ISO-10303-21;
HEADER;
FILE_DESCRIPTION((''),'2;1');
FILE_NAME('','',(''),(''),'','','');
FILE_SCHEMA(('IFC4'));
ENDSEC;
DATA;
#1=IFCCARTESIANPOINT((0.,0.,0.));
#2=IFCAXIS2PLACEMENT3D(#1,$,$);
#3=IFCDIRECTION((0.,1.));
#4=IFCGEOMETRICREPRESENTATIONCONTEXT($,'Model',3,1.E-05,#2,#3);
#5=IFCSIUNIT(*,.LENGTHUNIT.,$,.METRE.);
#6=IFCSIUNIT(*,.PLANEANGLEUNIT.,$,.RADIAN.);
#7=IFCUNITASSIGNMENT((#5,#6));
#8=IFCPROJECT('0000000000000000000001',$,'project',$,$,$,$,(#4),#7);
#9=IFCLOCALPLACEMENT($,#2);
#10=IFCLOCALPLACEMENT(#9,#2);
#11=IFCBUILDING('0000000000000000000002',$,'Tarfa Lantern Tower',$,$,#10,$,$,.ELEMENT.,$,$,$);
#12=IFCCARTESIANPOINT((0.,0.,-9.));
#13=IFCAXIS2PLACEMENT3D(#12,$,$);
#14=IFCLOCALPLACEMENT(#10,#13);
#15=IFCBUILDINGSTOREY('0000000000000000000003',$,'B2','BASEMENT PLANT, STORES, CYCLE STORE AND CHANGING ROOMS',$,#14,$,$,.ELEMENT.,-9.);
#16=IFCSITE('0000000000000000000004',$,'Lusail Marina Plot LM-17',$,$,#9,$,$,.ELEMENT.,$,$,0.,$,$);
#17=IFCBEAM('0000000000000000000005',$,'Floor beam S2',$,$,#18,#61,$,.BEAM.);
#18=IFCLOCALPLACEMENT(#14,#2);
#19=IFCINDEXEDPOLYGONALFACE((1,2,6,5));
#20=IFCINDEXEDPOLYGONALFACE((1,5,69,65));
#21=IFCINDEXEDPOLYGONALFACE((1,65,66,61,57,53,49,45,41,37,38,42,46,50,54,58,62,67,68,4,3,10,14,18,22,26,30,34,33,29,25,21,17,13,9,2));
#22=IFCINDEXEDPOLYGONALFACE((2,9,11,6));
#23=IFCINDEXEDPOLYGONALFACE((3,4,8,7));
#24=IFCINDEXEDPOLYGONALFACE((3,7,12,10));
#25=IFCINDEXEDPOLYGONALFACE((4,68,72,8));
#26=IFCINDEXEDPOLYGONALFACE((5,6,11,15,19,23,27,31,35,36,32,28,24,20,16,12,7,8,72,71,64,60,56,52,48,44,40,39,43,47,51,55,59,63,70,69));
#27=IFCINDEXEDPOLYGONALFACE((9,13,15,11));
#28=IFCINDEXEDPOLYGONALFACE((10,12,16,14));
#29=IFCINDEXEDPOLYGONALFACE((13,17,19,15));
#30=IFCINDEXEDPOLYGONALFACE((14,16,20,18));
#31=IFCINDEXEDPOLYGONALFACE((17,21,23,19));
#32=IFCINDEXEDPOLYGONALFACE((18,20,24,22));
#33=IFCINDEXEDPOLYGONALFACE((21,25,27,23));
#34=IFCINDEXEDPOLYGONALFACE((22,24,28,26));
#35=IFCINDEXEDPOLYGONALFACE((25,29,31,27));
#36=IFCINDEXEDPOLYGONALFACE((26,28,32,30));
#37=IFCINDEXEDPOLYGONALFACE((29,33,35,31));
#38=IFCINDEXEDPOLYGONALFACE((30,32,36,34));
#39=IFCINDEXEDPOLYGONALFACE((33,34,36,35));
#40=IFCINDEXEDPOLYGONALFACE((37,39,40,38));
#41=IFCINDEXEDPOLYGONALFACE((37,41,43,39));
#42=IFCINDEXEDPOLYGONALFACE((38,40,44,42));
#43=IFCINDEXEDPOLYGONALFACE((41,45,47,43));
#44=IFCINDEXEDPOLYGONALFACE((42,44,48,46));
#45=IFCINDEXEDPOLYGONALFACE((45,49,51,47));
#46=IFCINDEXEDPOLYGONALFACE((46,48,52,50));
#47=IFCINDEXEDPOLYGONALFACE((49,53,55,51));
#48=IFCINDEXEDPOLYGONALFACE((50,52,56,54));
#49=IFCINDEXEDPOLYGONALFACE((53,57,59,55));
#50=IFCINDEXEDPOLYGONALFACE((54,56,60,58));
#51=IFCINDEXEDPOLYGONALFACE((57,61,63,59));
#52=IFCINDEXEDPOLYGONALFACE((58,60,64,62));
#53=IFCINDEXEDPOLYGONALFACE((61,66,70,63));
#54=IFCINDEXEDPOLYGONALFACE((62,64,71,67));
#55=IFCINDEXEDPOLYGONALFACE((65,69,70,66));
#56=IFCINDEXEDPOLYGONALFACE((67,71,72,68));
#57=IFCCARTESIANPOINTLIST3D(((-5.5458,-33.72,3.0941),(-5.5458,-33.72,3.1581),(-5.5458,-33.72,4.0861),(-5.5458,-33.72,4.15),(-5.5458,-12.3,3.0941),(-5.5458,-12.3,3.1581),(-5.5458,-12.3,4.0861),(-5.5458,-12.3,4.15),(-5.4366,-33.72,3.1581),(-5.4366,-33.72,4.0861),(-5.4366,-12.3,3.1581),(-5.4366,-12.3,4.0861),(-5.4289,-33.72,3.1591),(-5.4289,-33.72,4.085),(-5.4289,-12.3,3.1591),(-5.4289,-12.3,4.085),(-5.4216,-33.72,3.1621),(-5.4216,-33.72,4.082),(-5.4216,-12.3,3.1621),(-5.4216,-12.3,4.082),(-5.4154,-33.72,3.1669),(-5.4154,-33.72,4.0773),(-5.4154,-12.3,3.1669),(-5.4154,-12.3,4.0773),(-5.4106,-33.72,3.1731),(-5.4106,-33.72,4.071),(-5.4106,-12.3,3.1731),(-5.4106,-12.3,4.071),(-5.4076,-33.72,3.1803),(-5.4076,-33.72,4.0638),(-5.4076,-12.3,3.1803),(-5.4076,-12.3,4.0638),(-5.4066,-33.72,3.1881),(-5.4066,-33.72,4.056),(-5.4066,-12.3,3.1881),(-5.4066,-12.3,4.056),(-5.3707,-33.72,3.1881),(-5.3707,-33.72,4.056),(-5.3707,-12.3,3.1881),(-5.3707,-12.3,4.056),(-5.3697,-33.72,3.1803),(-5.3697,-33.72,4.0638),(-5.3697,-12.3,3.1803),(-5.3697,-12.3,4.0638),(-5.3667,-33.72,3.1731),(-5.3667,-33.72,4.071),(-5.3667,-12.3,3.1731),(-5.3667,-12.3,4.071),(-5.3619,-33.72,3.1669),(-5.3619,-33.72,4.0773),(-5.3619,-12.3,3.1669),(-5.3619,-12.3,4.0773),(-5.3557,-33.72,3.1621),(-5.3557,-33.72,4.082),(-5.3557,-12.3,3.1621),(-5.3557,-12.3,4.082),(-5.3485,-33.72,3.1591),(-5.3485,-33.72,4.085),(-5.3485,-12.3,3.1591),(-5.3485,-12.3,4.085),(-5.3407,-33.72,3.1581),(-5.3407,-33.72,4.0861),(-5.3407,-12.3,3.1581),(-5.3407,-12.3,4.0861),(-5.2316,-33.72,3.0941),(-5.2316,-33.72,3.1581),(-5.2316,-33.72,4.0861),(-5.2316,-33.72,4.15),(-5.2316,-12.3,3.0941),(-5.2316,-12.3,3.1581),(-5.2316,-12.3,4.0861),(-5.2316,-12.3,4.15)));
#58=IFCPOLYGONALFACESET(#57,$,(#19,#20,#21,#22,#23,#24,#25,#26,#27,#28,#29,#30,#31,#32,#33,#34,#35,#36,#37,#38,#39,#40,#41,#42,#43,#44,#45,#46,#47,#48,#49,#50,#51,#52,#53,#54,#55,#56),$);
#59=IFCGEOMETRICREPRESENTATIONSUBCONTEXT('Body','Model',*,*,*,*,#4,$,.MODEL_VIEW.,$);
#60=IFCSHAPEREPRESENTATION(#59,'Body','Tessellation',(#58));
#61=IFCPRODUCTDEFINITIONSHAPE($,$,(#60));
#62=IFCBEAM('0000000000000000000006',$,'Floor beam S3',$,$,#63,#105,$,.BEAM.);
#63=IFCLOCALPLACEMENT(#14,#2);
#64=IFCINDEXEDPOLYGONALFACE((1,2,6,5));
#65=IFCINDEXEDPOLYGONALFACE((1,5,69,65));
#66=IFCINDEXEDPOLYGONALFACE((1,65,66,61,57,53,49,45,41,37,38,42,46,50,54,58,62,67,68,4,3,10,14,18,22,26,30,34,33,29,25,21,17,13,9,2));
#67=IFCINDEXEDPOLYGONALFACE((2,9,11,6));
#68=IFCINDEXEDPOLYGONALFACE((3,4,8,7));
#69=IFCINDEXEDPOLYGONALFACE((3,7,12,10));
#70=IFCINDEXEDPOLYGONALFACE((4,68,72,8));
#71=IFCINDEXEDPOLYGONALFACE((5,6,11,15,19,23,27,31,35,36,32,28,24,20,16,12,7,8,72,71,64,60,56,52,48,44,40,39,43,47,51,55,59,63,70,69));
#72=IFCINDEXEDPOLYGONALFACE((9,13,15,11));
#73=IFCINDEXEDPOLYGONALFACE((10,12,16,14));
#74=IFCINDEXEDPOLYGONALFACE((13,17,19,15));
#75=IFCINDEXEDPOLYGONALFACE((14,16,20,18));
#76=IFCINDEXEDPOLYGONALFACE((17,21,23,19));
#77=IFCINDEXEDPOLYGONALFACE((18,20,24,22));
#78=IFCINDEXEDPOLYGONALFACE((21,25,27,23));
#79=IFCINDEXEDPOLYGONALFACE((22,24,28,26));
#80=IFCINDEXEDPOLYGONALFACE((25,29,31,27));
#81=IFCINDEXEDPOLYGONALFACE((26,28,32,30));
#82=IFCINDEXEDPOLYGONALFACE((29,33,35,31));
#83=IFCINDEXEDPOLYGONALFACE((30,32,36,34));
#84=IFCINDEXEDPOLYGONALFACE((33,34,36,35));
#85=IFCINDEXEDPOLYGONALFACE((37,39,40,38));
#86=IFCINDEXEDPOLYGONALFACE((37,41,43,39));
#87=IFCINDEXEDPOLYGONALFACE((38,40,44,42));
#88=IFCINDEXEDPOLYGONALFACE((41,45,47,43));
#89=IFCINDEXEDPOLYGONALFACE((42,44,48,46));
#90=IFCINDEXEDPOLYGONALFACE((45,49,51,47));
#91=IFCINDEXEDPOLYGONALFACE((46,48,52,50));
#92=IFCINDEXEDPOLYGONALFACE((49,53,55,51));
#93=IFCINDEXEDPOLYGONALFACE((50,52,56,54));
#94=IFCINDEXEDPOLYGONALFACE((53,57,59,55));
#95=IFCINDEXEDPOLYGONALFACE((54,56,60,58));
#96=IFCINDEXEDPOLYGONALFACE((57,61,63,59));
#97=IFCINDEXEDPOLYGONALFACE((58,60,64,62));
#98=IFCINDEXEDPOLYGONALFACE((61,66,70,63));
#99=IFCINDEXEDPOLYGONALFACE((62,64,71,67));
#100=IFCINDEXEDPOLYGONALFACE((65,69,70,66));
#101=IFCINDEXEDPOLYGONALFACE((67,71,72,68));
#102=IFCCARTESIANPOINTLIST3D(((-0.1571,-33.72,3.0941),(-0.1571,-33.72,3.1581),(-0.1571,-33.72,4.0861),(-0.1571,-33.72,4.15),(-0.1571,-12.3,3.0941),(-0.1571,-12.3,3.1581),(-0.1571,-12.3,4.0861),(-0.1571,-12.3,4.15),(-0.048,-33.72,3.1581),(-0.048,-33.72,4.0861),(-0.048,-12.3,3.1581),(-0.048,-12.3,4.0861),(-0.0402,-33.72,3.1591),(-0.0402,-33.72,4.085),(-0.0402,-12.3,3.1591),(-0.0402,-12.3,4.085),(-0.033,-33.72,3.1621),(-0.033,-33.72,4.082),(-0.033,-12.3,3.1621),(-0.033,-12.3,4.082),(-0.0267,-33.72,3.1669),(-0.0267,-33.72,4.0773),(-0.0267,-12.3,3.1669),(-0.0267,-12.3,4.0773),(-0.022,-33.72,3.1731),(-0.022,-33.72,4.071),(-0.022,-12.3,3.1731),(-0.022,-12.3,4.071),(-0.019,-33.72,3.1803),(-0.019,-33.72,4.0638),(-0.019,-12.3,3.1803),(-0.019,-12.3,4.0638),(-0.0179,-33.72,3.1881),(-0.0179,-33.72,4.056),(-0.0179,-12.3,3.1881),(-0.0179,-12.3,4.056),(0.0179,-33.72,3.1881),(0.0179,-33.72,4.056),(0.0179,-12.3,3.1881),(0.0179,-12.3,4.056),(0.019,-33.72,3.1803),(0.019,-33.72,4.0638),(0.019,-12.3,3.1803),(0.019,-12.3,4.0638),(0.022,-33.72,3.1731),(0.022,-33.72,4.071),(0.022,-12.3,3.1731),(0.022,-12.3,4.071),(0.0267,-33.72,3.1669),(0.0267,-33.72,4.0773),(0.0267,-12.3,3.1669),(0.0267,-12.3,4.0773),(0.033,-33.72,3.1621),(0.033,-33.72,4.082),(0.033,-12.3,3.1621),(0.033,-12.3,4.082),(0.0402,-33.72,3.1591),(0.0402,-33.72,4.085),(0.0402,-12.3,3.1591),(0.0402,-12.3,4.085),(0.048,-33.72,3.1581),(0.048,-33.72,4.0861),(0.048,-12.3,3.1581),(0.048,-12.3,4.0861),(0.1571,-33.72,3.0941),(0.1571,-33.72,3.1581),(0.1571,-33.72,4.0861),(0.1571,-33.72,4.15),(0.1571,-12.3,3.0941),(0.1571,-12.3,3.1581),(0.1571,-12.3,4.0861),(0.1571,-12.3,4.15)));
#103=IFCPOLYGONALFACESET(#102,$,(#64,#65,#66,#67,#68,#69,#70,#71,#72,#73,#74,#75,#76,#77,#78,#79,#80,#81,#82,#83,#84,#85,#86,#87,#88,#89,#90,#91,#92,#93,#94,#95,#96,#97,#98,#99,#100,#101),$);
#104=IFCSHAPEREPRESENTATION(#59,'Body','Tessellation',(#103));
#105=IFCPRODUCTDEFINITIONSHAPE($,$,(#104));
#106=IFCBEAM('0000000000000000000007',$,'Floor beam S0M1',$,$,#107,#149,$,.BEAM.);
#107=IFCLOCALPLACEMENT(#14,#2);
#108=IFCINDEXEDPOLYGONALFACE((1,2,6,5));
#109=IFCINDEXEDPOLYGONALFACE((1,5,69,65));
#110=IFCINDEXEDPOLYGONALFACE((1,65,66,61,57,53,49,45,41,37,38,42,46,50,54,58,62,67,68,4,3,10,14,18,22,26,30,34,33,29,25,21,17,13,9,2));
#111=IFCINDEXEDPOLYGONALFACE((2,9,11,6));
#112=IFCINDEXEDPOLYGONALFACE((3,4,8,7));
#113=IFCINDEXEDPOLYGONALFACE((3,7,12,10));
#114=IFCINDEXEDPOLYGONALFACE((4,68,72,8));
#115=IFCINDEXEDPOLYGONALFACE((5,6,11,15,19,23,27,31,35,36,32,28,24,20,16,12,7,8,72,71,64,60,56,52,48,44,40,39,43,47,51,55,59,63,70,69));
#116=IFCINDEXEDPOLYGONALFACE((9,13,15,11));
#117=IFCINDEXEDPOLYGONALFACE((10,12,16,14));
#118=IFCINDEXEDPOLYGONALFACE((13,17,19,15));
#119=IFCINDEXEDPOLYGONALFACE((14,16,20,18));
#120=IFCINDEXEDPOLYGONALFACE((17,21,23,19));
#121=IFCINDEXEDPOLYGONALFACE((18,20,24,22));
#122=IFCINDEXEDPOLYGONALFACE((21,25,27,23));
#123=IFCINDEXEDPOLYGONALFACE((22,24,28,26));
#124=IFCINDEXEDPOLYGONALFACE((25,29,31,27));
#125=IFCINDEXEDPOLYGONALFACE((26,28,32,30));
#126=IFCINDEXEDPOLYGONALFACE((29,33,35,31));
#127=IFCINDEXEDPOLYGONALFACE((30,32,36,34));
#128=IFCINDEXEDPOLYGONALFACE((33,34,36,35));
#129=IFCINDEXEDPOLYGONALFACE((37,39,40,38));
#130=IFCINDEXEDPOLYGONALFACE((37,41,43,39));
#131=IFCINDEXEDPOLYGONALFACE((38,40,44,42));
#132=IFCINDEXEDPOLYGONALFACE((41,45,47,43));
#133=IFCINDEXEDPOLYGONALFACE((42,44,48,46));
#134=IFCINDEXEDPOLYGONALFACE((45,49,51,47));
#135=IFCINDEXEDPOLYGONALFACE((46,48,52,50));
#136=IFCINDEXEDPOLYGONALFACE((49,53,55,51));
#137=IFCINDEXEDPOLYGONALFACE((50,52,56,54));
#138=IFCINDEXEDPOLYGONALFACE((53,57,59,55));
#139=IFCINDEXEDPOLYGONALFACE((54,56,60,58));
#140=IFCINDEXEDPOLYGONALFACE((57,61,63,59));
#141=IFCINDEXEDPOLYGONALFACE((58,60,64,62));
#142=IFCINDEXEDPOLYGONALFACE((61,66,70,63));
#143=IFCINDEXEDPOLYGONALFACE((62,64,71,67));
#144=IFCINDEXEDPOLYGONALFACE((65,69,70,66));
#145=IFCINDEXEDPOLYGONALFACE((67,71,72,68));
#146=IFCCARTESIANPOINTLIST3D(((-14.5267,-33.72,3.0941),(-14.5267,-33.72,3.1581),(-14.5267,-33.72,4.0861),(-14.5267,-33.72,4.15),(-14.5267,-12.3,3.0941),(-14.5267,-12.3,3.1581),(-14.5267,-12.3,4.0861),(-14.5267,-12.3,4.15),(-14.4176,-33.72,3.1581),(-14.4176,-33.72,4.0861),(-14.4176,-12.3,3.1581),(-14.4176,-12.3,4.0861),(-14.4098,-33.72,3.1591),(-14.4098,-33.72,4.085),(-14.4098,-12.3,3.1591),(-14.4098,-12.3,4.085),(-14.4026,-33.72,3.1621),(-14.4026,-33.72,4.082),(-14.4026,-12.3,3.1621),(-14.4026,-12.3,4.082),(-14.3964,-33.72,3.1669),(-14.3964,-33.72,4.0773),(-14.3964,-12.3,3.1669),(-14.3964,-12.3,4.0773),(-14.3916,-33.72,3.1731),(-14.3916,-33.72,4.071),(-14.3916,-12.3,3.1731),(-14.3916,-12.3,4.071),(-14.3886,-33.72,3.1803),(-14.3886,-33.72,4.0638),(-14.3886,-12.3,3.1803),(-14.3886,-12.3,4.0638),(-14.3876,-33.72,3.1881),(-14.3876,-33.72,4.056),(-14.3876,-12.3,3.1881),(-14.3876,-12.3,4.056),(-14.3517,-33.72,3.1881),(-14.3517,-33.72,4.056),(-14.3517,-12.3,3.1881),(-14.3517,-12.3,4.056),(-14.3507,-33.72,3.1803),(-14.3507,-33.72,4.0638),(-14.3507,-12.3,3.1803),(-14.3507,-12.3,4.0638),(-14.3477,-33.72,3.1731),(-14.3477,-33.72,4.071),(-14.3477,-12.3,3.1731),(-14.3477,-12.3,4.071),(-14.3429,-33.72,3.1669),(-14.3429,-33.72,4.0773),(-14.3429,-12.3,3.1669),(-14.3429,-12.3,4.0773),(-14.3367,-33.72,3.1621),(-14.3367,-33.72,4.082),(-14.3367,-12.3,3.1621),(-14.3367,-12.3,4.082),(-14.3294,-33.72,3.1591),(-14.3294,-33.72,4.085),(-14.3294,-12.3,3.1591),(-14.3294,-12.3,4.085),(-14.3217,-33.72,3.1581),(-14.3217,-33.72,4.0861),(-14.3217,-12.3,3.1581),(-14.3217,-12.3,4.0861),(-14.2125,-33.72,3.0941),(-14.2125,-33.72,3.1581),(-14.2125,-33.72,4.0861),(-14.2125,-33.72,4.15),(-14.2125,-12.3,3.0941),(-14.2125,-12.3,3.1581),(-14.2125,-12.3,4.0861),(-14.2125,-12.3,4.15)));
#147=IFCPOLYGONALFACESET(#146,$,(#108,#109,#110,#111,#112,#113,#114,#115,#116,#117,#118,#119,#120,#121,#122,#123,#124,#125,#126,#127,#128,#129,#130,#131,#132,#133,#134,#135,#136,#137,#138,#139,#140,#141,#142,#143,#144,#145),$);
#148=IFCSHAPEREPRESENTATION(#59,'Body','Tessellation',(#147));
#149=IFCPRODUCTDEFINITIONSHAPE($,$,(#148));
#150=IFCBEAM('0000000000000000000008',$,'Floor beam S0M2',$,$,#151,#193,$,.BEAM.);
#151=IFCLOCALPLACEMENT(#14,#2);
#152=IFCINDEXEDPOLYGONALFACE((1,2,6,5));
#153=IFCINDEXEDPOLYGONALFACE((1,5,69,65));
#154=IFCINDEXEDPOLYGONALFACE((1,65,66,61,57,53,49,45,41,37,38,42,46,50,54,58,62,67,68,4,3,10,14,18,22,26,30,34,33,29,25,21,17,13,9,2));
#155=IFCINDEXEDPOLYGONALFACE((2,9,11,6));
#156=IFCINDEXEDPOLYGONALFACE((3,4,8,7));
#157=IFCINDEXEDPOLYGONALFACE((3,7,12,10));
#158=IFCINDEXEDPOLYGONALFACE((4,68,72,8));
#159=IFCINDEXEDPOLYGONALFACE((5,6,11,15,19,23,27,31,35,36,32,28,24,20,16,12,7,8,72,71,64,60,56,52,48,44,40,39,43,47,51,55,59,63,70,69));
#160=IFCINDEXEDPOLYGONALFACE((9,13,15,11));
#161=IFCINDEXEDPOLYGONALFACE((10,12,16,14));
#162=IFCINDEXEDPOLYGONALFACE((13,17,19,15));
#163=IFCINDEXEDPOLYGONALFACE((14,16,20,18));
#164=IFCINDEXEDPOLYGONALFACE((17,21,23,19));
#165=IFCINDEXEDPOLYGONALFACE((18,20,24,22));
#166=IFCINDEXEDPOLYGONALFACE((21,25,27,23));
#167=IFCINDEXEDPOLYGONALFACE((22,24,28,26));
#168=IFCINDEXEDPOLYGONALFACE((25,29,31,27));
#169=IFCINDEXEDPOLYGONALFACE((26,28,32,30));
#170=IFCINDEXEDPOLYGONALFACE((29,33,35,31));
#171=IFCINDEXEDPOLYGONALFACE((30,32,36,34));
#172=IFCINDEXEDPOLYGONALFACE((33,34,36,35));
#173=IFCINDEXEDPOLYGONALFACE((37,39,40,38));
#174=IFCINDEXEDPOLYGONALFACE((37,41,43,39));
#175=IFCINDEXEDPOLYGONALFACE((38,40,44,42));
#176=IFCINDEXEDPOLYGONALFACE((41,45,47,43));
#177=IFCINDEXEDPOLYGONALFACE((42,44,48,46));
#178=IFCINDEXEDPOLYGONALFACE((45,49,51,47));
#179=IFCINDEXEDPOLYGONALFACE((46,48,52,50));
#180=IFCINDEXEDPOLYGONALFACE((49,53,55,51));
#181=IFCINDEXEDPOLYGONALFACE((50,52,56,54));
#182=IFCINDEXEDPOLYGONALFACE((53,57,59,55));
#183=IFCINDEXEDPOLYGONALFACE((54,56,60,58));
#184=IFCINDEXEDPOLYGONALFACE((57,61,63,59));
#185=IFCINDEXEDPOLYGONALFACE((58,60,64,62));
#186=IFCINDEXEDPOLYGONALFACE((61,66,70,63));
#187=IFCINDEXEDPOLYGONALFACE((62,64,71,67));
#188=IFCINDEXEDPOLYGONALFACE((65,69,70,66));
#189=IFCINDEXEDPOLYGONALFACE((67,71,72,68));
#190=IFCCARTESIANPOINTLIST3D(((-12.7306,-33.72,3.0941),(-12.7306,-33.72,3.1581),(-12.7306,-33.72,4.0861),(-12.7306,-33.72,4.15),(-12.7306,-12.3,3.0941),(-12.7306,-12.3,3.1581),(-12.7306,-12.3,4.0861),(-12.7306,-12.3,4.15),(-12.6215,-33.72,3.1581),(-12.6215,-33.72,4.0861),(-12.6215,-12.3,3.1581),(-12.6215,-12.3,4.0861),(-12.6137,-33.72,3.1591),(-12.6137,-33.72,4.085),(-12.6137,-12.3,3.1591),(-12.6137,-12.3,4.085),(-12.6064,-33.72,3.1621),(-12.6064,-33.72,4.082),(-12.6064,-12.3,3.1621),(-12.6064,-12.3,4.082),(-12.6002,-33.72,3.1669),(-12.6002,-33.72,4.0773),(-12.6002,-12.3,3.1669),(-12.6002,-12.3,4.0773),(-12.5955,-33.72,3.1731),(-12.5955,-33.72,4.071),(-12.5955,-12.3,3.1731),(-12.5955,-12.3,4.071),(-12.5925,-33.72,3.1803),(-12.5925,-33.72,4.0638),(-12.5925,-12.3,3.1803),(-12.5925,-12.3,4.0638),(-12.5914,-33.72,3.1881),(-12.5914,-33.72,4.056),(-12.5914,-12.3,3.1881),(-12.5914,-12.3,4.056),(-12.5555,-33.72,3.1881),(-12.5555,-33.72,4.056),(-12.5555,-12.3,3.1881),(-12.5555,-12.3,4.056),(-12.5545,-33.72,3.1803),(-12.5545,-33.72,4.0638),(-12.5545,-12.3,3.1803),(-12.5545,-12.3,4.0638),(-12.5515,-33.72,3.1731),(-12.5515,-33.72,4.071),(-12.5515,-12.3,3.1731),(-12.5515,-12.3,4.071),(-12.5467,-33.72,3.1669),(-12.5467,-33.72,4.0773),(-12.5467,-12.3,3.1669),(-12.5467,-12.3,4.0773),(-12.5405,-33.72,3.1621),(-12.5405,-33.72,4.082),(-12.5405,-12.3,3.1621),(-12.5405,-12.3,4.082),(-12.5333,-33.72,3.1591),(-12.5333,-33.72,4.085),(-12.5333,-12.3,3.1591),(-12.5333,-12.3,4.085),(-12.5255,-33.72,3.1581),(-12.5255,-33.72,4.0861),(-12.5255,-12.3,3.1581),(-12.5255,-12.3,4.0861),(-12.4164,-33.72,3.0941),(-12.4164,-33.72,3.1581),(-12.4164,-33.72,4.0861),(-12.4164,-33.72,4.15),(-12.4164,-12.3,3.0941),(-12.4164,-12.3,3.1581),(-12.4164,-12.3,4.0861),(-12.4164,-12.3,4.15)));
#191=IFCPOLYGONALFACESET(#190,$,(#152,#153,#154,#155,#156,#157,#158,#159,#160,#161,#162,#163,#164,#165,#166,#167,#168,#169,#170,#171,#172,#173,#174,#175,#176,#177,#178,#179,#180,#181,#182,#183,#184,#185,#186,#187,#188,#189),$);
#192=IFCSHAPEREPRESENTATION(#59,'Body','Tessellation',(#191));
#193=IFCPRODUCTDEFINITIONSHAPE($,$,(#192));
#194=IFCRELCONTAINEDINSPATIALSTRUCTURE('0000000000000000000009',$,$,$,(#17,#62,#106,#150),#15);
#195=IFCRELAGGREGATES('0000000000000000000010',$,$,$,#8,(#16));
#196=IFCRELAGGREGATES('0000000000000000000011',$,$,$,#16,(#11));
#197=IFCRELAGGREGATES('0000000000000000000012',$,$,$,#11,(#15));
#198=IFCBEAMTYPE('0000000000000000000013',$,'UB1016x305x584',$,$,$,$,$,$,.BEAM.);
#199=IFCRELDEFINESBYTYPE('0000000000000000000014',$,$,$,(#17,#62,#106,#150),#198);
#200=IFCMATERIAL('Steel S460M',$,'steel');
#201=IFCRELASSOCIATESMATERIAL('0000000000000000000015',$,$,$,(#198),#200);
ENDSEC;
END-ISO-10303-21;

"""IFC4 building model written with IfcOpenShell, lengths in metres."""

from ifc_helpers import new_model, si_unit, direction, frame, origin, origin_2d, place, context, subcontext, project, spatial, i_section, extrude, material, material_profile, profile_set, type_object, element, save


model = new_model("IFC4")

# Units and contexts
model_context = context("Model", 3, precision=1e-05, world=origin(), true_north=direction((0.0, 1.0)))
body_context = subcontext(model_context, "Body", "Model", "MODEL_VIEW")
ifc_project = project(units=[si_unit("LENGTHUNIT", "METRE"), si_unit("PLANEANGLEUNIT", "RADIAN")], contexts=[model_context])

# Site, building, storey
site_placement = place(None, origin())
site = spatial("IfcSite", under=ifc_project, at=site_placement, Name="Lusail Marina Plot LM-17", CompositionType="ELEMENT", RefElevation=0.0)
building_placement = place(site_placement, origin())
building = spatial("IfcBuilding", under=site, at=building_placement, Name="Tarfa Lantern Tower", CompositionType="ELEMENT")
storey_placement = place(building_placement, frame((0.0, 0.0, -9.0)))
storey = spatial("IfcBuildingStorey", under=building, at=storey_placement, Name="B2", Description="BASEMENT PLANT, STORES, CYCLE STORE AND CHANGING ROOMS", CompositionType="ELEMENT", Elevation=-9.0)

# Beams
ifc_material_1 = material(Name="Steel S460M", Category="steel")
ifc_material_profile_1 = material_profile(ifc_material_1, i_section(OverallWidth=0.3142, OverallDepth=1.0559, WebThickness=0.0359, FlangeThickness=0.064, FilletRadius=0.03, at=origin_2d()), Name="UB1016x305x584")
ifc_profile_set_1 = profile_set([ifc_material_profile_1], Name="Steel S460M")
beam_type_1 = type_object("IfcBeamType", Name="UB1016x305x584", PredefinedType="BEAM", material=ifc_profile_set_1)
for number, where, z_axis, x_axis, name in (
    (1, (-5.3887, -33.72, 3.6221), (0.0, 1.0, 0.0), (-1.0, 0.0, 0.0), "Floor beam S2"),
    (2, (0.0, -33.72, 3.6221), (0.0, 1.0, 0.0), (-1.0, 0.0, 0.0), "Floor beam S3"),
    (3, (-14.3696, -33.72, 3.6221), (0.0, 1.0, 0.0), (-1.0, 0.0, 0.0), "Floor beam S0M1"),
    (4, (-12.5735, -33.72, 3.6221), (0.0, 1.0, 0.0), (-1.0, 0.0, 0.0), "Floor beam S0M2"),
):
    element("IfcBeam", number, at=place(storey_placement, frame(where, z_axis=z_axis, x_axis=x_axis)), inside=storey, type_object=beam_type_1, Name=name, PredefinedType="BEAM", context=body_context, shape_type="SweptSolid", body=[
        extrude(i_section(OverallWidth=0.3142, OverallDepth=1.0559, WebThickness=0.0359, FlangeThickness=0.064, FilletRadius=0.03, at=origin_2d()), origin(), (0.0, 0.0, 1.0), 21.4199),
    ])

save(model, "model.ifc")
